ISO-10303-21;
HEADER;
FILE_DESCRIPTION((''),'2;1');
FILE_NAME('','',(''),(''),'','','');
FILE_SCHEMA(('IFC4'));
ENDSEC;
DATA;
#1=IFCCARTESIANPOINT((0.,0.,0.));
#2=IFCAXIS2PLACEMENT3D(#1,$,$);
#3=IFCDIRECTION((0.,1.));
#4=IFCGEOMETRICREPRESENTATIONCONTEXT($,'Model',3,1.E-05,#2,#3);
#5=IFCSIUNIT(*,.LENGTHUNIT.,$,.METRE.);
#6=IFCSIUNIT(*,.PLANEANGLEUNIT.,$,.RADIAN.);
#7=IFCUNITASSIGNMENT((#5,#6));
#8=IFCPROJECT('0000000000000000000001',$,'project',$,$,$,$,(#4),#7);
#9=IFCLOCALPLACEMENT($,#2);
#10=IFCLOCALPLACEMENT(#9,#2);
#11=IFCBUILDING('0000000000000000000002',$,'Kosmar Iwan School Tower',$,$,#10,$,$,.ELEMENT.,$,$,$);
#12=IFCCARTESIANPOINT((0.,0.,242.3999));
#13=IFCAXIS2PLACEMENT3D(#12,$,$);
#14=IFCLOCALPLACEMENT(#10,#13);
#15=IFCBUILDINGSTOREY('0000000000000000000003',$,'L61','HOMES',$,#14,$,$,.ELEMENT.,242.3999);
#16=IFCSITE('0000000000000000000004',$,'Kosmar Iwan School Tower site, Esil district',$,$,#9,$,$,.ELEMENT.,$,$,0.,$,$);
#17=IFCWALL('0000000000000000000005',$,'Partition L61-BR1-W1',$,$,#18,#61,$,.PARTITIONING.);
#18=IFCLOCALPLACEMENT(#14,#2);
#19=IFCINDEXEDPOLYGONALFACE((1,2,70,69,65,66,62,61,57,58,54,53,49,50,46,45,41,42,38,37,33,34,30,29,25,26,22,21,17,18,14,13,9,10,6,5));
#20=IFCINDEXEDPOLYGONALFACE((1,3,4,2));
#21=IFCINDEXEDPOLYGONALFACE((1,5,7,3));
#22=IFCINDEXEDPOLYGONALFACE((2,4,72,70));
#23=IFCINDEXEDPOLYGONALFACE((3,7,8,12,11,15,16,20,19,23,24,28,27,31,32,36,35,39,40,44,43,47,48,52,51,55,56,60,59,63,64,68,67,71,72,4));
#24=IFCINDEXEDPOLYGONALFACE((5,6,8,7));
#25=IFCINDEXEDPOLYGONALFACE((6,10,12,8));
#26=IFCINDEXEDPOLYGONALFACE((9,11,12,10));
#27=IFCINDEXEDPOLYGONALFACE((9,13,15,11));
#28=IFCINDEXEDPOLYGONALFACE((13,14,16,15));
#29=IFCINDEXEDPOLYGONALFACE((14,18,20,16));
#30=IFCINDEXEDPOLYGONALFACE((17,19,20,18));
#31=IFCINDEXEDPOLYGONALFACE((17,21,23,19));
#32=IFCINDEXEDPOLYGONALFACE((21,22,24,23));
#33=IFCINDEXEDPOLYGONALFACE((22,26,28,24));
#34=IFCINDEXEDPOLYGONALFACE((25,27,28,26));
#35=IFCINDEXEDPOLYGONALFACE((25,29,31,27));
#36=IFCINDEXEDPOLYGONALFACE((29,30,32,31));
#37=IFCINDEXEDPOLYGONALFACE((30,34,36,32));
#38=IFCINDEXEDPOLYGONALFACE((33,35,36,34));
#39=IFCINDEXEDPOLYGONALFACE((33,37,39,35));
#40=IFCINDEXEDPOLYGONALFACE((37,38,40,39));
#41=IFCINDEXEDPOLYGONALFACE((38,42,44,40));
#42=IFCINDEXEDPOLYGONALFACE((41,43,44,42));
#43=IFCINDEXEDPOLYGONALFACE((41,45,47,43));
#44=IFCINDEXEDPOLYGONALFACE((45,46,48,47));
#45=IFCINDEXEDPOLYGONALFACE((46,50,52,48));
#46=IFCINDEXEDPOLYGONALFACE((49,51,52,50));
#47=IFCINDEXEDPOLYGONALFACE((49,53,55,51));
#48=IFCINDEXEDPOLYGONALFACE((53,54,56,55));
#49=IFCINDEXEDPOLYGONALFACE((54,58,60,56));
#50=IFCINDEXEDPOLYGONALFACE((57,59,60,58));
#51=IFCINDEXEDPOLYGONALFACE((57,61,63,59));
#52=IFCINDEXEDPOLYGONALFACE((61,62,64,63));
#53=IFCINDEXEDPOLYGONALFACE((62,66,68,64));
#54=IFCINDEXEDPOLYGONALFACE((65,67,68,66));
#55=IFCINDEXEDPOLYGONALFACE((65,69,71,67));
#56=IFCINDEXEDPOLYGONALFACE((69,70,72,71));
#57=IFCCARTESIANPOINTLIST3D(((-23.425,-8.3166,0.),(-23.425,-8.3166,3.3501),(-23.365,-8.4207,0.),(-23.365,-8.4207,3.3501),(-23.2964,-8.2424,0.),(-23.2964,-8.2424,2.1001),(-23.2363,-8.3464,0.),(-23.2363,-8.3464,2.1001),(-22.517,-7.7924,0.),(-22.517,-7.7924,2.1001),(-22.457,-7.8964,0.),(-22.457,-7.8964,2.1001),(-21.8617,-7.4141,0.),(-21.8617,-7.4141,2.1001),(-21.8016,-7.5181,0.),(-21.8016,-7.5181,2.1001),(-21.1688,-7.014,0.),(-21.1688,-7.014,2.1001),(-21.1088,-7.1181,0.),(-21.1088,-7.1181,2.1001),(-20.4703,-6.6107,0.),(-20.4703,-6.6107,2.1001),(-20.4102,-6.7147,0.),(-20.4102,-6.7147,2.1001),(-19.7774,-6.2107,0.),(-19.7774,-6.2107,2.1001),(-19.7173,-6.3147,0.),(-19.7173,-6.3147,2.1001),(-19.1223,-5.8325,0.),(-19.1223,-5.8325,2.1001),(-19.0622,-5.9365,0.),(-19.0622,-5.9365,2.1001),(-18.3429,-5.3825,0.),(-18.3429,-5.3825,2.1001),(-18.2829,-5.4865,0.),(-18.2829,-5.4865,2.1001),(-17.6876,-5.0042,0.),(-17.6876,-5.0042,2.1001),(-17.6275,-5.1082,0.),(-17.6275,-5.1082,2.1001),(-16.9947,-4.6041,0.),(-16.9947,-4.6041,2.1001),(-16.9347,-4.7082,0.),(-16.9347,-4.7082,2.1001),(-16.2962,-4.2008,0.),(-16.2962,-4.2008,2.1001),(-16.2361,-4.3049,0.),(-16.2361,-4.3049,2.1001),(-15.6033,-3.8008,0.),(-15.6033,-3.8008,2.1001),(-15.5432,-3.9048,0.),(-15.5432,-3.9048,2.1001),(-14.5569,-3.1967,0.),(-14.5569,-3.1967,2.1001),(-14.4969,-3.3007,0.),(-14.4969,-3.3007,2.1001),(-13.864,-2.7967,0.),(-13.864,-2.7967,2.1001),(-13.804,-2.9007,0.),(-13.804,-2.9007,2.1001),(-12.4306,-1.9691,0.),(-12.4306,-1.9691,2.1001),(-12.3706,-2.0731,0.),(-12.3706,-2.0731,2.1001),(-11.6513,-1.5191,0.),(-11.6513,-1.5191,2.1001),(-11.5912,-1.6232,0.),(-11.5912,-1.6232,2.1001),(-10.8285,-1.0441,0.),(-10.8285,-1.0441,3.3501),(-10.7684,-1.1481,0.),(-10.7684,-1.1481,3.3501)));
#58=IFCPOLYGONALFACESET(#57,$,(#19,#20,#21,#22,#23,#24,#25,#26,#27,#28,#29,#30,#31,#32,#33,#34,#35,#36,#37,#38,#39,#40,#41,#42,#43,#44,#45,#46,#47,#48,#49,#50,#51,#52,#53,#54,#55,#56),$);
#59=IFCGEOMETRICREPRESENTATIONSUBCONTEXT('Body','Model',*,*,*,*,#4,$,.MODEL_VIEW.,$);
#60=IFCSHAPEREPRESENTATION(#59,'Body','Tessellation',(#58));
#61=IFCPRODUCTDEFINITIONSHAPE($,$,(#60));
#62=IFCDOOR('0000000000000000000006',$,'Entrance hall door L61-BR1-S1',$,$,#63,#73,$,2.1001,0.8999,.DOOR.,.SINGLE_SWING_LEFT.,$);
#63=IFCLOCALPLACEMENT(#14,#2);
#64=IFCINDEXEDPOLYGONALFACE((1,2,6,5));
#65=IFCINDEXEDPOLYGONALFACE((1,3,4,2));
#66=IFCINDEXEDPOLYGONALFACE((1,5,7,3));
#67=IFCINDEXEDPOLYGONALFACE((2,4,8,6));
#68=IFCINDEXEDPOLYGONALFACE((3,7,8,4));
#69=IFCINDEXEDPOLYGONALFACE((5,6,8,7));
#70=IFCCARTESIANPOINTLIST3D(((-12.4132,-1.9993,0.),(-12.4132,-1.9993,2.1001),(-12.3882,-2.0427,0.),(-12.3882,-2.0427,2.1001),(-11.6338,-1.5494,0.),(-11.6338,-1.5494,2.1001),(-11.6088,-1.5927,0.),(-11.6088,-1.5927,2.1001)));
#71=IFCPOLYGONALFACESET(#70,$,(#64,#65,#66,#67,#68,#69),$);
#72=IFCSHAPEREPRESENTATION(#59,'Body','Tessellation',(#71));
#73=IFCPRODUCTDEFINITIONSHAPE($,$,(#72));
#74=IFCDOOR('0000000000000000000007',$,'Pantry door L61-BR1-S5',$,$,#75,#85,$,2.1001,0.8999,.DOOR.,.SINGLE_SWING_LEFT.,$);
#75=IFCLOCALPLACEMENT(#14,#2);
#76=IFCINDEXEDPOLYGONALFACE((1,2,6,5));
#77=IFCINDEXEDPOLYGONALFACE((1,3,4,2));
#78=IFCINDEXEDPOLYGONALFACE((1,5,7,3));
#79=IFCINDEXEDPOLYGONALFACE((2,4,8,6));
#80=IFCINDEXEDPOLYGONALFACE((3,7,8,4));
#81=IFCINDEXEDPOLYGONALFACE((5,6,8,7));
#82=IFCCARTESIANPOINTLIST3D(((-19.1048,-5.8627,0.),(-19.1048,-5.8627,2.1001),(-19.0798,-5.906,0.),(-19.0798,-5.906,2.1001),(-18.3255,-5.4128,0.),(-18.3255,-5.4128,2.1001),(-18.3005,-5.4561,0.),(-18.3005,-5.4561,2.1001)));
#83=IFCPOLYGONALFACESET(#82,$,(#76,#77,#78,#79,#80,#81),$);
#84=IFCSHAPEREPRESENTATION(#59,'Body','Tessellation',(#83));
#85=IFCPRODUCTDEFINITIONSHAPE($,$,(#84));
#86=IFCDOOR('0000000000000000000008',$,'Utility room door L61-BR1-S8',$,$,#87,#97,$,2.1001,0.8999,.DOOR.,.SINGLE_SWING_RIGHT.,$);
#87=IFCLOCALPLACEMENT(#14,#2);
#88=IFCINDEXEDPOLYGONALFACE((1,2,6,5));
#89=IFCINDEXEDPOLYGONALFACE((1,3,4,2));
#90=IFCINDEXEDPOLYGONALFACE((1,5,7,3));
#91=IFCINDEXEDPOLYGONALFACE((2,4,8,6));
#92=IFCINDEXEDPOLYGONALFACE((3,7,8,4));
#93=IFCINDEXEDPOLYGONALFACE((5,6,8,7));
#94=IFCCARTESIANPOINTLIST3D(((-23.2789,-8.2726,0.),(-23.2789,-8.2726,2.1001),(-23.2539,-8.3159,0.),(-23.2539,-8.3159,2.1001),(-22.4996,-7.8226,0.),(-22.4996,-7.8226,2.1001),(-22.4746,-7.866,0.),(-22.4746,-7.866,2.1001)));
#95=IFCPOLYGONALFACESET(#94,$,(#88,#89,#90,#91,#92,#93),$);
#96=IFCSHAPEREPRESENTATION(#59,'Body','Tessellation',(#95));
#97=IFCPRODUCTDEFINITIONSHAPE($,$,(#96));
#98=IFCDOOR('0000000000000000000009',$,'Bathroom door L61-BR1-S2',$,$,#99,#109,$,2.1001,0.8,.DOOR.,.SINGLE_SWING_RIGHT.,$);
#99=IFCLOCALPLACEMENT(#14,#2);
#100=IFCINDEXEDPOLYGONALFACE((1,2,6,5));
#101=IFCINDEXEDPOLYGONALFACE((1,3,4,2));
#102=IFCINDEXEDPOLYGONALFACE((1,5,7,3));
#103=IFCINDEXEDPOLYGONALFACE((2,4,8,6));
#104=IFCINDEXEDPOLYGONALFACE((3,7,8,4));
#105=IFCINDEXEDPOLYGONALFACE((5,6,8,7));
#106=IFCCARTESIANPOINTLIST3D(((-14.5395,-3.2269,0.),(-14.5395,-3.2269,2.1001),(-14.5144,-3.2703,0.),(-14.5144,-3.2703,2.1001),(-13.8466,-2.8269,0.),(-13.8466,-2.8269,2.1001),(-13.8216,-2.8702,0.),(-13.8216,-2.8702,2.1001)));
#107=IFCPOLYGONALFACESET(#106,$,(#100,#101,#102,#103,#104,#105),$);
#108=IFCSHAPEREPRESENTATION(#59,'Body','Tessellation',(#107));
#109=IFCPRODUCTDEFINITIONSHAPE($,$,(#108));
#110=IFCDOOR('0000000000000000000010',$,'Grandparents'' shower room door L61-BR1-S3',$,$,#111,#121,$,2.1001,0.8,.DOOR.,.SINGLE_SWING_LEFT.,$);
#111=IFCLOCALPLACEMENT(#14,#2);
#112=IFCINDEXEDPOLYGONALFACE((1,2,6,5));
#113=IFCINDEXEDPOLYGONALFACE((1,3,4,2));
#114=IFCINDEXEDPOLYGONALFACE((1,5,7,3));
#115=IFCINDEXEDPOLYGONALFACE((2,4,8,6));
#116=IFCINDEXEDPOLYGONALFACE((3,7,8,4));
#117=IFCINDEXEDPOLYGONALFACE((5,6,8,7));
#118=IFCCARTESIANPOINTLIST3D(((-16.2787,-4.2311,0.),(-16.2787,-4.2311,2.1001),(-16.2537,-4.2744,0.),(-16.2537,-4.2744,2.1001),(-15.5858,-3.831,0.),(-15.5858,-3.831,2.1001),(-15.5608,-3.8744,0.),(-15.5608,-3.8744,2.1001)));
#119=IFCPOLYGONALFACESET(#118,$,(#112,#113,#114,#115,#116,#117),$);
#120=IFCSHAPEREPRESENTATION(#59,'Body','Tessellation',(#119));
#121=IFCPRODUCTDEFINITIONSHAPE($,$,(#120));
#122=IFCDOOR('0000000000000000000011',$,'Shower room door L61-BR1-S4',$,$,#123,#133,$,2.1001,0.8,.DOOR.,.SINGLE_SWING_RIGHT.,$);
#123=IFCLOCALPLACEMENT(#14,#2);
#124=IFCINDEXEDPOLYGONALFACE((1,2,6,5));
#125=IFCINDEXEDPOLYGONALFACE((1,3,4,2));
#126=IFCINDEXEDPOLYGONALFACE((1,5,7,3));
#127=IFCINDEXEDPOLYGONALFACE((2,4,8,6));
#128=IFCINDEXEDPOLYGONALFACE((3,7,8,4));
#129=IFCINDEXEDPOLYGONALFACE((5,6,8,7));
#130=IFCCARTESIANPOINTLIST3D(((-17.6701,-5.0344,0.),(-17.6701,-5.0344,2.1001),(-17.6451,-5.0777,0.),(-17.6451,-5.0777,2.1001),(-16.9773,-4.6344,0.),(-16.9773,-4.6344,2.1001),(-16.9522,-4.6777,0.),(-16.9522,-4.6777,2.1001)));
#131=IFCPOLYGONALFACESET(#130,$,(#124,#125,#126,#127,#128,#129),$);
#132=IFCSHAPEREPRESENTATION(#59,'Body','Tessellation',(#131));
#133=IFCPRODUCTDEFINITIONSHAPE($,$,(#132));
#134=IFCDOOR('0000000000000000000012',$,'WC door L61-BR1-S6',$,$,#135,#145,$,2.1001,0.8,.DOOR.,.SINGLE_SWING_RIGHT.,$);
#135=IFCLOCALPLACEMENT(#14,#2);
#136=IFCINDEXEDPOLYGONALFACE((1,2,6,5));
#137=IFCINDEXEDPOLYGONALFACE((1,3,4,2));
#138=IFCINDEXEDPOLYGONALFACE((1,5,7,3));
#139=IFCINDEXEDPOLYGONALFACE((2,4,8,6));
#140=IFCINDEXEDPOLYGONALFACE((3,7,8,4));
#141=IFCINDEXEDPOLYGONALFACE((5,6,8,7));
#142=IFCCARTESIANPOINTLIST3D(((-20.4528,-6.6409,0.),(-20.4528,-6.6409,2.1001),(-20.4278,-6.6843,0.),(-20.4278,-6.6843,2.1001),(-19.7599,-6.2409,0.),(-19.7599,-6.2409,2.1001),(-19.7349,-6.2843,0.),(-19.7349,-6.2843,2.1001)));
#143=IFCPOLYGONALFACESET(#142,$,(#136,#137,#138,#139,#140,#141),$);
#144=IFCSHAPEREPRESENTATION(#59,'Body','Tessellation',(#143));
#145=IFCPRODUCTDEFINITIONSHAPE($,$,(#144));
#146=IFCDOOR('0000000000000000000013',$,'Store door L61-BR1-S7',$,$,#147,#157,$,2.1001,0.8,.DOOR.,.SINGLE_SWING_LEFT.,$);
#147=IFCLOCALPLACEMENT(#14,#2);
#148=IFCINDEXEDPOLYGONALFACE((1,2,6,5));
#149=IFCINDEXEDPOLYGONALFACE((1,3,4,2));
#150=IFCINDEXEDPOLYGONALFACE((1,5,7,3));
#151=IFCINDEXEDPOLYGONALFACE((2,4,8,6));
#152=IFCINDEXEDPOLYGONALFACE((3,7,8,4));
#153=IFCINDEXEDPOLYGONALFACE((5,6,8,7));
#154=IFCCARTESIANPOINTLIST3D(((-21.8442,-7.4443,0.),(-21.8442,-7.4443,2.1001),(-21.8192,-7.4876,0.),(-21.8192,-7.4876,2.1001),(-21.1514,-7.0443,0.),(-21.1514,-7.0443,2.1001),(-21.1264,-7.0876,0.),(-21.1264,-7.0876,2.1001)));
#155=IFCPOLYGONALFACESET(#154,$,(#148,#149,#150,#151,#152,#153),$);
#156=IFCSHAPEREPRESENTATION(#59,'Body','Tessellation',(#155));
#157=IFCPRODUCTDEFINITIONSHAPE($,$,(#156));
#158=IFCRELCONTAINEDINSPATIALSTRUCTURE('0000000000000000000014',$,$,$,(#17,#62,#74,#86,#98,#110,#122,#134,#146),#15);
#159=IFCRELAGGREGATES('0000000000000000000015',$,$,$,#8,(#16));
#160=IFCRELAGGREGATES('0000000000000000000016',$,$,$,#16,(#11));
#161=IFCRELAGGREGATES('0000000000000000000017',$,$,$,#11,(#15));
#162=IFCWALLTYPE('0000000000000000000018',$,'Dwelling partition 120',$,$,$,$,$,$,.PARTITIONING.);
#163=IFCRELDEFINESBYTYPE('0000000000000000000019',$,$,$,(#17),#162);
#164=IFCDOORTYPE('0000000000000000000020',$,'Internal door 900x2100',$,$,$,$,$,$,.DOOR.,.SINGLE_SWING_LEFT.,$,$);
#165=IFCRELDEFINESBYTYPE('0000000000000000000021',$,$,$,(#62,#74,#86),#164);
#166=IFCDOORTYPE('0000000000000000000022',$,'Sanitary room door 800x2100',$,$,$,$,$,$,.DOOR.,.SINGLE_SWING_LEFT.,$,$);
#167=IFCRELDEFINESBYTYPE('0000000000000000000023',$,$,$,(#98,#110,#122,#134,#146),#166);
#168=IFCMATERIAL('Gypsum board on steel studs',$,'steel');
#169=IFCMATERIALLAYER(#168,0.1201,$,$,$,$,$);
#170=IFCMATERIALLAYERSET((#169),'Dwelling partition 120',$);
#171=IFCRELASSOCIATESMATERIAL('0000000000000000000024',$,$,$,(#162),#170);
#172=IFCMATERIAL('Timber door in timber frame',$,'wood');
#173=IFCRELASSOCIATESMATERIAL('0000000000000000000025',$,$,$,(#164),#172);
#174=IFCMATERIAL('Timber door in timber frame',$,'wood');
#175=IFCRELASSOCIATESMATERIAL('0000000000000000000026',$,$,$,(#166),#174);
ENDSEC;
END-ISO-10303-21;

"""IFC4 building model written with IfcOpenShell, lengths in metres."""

from ifc_helpers import new_model, si_unit, direction, frame, frame_2d, origin, place, context, subcontext, project, spatial, rectangle, extrude, material, layer, layer_set, type_object, element, fill, save


model = new_model("IFC4")

# Units and contexts
model_context = context("Model", 3, precision=1e-05, world=origin(), true_north=direction((0.0, 1.0)))
body_context = subcontext(model_context, "Body", "Model", "MODEL_VIEW")
ifc_project = project(units=[si_unit("LENGTHUNIT", "METRE"), si_unit("PLANEANGLEUNIT", "RADIAN")], contexts=[model_context])

# Site, building, storey
site_placement = place(None, origin())
site = spatial("IfcSite", under=ifc_project, at=site_placement, Name="Kosmar Iwan School Tower site, Esil district", CompositionType="ELEMENT", RefElevation=0.0)
building_placement = place(site_placement, origin())
building = spatial("IfcBuilding", under=site, at=building_placement, Name="Kosmar Iwan School Tower", CompositionType="ELEMENT")
storey_placement = place(building_placement, frame((0.0, 0.0, 242.3999)))
storey = spatial("IfcBuildingStorey", under=building, at=storey_placement, Name="L61", Description="HOMES", CompositionType="ELEMENT", Elevation=242.3999)

# Shared definitions
ifc_material_1 = material(Name="Gypsum board on steel studs", Category="steel")
ifc_layer_1 = layer(ifc_material_1, 0.1201)
ifc_layer_set_1 = layer_set([ifc_layer_1], Name="Dwelling partition 120")
wall_type_1 = type_object("IfcWallType", Name="Dwelling partition 120", PredefinedType="PARTITIONING", material=ifc_layer_set_1)

# Wall, openings, doors
wall_1_placement = place(storey_placement, frame((-10.7986, -1.0962, 0.0), z_axis=(0.0, 0.0, 1.0), x_axis=(-0.866028, -0.499995, 0.0)))
wall_1 = element("IfcWall", 1, at=wall_1_placement, inside=storey, type_object=wall_type_1, Name="Partition L61-BR1-W1", PredefinedType="PARTITIONING", context=body_context, shape_type="SweptSolid", body=[
    extrude(rectangle(XDim=14.5452, YDim=0.1201, at=frame_2d((7.2725, 0.0))), origin(), (0.0, 0.0, 1.0), 3.3501),
])
opening_1_placement = place(wall_1_placement, frame((0.95, 0.0, 0.0)))
opening_1 = element("IfcOpeningElement", 2, at=opening_1_placement, cuts=wall_1, PredefinedType="OPENING", context=body_context, shape_type="SweptSolid", body=[
    extrude(rectangle(XDim=0.8999, YDim=2.1001, at=frame_2d((0.45, 1.05))), frame((0.0, 0.072, 0.0), z_axis=(0.0, -1.0, 0.0), x_axis=(1.0, 0.0, 0.0)), (0.0, 0.0, 1.0), 0.144),
])
opening_2_placement = place(wall_1_placement, frame((3.5051, 0.0, 0.0)))
opening_2 = element("IfcOpeningElement", 3, at=opening_2_placement, cuts=wall_1, PredefinedType="OPENING", context=body_context, shape_type="SweptSolid", body=[
    extrude(rectangle(XDim=0.8, YDim=2.1001, at=frame_2d((0.3999, 1.05))), frame((0.0, 0.072, 0.0), z_axis=(0.0, -1.0, 0.0), x_axis=(1.0, 0.0, 0.0)), (0.0, 0.0, 1.0), 0.144),
])
opening_3_placement = place(wall_1_placement, frame((5.5134, 0.0, 0.0)))
opening_3 = element("IfcOpeningElement", 4, at=opening_3_placement, cuts=wall_1, PredefinedType="OPENING", context=body_context, shape_type="SweptSolid", body=[
    extrude(rectangle(XDim=0.8, YDim=2.1001, at=frame_2d((0.3999, 1.05))), frame((0.0, 0.072, 0.0), z_axis=(0.0, -1.0, 0.0), x_axis=(1.0, 0.0, 0.0)), (0.0, 0.0, 1.0), 0.144),
])
opening_4_placement = place(wall_1_placement, frame((7.1201, 0.0, 0.0)))
opening_4 = element("IfcOpeningElement", 5, at=opening_4_placement, cuts=wall_1, PredefinedType="OPENING", context=body_context, shape_type="SweptSolid", body=[
    extrude(rectangle(XDim=0.8, YDim=2.1001, at=frame_2d((0.3999, 1.05))), frame((0.0, 0.072, 0.0), z_axis=(0.0, -1.0, 0.0), x_axis=(1.0, 0.0, 0.0)), (0.0, 0.0, 1.0), 0.144),
])
opening_5_placement = place(wall_1_placement, frame((8.6768, 0.0, 0.0)))
opening_5 = element("IfcOpeningElement", 6, at=opening_5_placement, cuts=wall_1, PredefinedType="OPENING", context=body_context, shape_type="SweptSolid", body=[
    extrude(rectangle(XDim=0.8999, YDim=2.1001, at=frame_2d((0.45, 1.05))), frame((0.0, 0.072, 0.0), z_axis=(0.0, -1.0, 0.0), x_axis=(1.0, 0.0, 0.0)), (0.0, 0.0, 1.0), 0.144),
])
opening_6_placement = place(wall_1_placement, frame((10.3333, 0.0, 0.0)))
opening_6 = element("IfcOpeningElement", 7, at=opening_6_placement, cuts=wall_1, PredefinedType="OPENING", context=body_context, shape_type="SweptSolid", body=[
    extrude(rectangle(XDim=0.8, YDim=2.1001, at=frame_2d((0.3999, 1.05))), frame((0.0, 0.072, 0.0), z_axis=(0.0, -1.0, 0.0), x_axis=(1.0, 0.0, 0.0)), (0.0, 0.0, 1.0), 0.144),
])
opening_7_placement = place(wall_1_placement, frame((11.9399, 0.0, 0.0)))
opening_7 = element("IfcOpeningElement", 8, at=opening_7_placement, cuts=wall_1, PredefinedType="OPENING", context=body_context, shape_type="SweptSolid", body=[
    extrude(rectangle(XDim=0.8, YDim=2.1001, at=frame_2d((0.3999, 1.05))), frame((0.0, 0.072, 0.0), z_axis=(0.0, -1.0, 0.0), x_axis=(1.0, 0.0, 0.0)), (0.0, 0.0, 1.0), 0.144),
])
opening_8_placement = place(wall_1_placement, frame((13.4966, 0.0, 0.0)))
opening_8 = element("IfcOpeningElement", 9, at=opening_8_placement, cuts=wall_1, PredefinedType="OPENING", context=body_context, shape_type="SweptSolid", body=[
    extrude(rectangle(XDim=0.8999, YDim=2.1001, at=frame_2d((0.45, 1.05))), frame((0.0, 0.072, 0.0), z_axis=(0.0, -1.0, 0.0), x_axis=(1.0, 0.0, 0.0)), (0.0, 0.0, 1.0), 0.144),
])
ifc_material_2 = material(Name="Timber door in timber frame", Category="wood")
door_type_1 = type_object("IfcDoorType", Name="Internal door 900x2100", OperationType="SINGLE_SWING_LEFT", PredefinedType="DOOR", material=ifc_material_2)
door_1_placement = place(opening_1_placement, origin())
door_1 = element("IfcDoor", 10, at=door_1_placement, inside=storey, type_object=door_type_1, Name="Entrance hall door L61-BR1-S1", OperationType="SINGLE_SWING_LEFT", OverallHeight=2.1001, OverallWidth=0.8999, PredefinedType="DOOR", context=body_context, shape_type="SweptSolid", body=[
    extrude(rectangle(XDim=0.8999, YDim=2.1001, at=frame_2d((0.45, 1.05))), frame((0.0, 0.0249, 0.0), z_axis=(0.0, -1.0, 0.0), x_axis=(1.0, 0.0, 0.0)), (0.0, 0.0, 1.0), 0.05),
])
fill(opening_1, door_1)
door_2_placement = place(opening_5_placement, origin())
door_2 = element("IfcDoor", 11, at=door_2_placement, inside=storey, type_object=door_type_1, Name="Pantry door L61-BR1-S5", OperationType="SINGLE_SWING_LEFT", OverallHeight=2.1001, OverallWidth=0.8999, PredefinedType="DOOR", context=body_context, shape_type="SweptSolid", body=[
    extrude(rectangle(XDim=0.8999, YDim=2.1001, at=frame_2d((0.45, 1.05))), frame((0.0, 0.0249, 0.0), z_axis=(0.0, -1.0, 0.0), x_axis=(1.0, 0.0, 0.0)), (0.0, 0.0, 1.0), 0.05),
])
fill(opening_5, door_2)
door_3_placement = place(opening_8_placement, origin())
door_3 = element("IfcDoor", 12, at=door_3_placement, inside=storey, type_object=door_type_1, Name="Utility room door L61-BR1-S8", OperationType="SINGLE_SWING_RIGHT", OverallHeight=2.1001, OverallWidth=0.8999, PredefinedType="DOOR", context=body_context, shape_type="SweptSolid", body=[
    extrude(rectangle(XDim=0.8999, YDim=2.1001, at=frame_2d((0.45, 1.05))), frame((0.0, 0.0249, 0.0), z_axis=(0.0, -1.0, 0.0), x_axis=(1.0, 0.0, 0.0)), (0.0, 0.0, 1.0), 0.05),
])
fill(opening_8, door_3)
ifc_material_3 = material(Name="Timber door in timber frame", Category="wood")
door_type_2 = type_object("IfcDoorType", Name="Sanitary room door 800x2100", OperationType="SINGLE_SWING_LEFT", PredefinedType="DOOR", material=ifc_material_3)
door_4_placement = place(opening_2_placement, origin())
door_4 = element("IfcDoor", 13, at=door_4_placement, inside=storey, type_object=door_type_2, Name="Bathroom door L61-BR1-S2", OperationType="SINGLE_SWING_RIGHT", OverallHeight=2.1001, OverallWidth=0.8, PredefinedType="DOOR", context=body_context, shape_type="SweptSolid", body=[
    extrude(rectangle(XDim=0.8, YDim=2.1001, at=frame_2d((0.3999, 1.05))), frame((0.0, 0.0249, 0.0), z_axis=(0.0, -1.0, 0.0), x_axis=(1.0, 0.0, 0.0)), (0.0, 0.0, 1.0), 0.05),
])
fill(opening_2, door_4)
door_5_placement = place(opening_3_placement, origin())
door_5 = element("IfcDoor", 14, at=door_5_placement, inside=storey, type_object=door_type_2, Name="Grandparents' shower room door L61-BR1-S3", OperationType="SINGLE_SWING_LEFT", OverallHeight=2.1001, OverallWidth=0.8, PredefinedType="DOOR", context=body_context, shape_type="SweptSolid", body=[
    extrude(rectangle(XDim=0.8, YDim=2.1001, at=frame_2d((0.3999, 1.05))), frame((0.0, 0.0249, 0.0), z_axis=(0.0, -1.0, 0.0), x_axis=(1.0, 0.0, 0.0)), (0.0, 0.0, 1.0), 0.05),
])
fill(opening_3, door_5)
door_6_placement = place(opening_4_placement, origin())
door_6 = element("IfcDoor", 15, at=door_6_placement, inside=storey, type_object=door_type_2, Name="Shower room door L61-BR1-S4", OperationType="SINGLE_SWING_RIGHT", OverallHeight=2.1001, OverallWidth=0.8, PredefinedType="DOOR", context=body_context, shape_type="SweptSolid", body=[
    extrude(rectangle(XDim=0.8, YDim=2.1001, at=frame_2d((0.3999, 1.05))), frame((0.0, 0.0249, 0.0), z_axis=(0.0, -1.0, 0.0), x_axis=(1.0, 0.0, 0.0)), (0.0, 0.0, 1.0), 0.05),
])
fill(opening_4, door_6)
door_7_placement = place(opening_6_placement, origin())
door_7 = element("IfcDoor", 16, at=door_7_placement, inside=storey, type_object=door_type_2, Name="WC door L61-BR1-S6", OperationType="SINGLE_SWING_RIGHT", OverallHeight=2.1001, OverallWidth=0.8, PredefinedType="DOOR", context=body_context, shape_type="SweptSolid", body=[
    extrude(rectangle(XDim=0.8, YDim=2.1001, at=frame_2d((0.3999, 1.05))), frame((0.0, 0.0249, 0.0), z_axis=(0.0, -1.0, 0.0), x_axis=(1.0, 0.0, 0.0)), (0.0, 0.0, 1.0), 0.05),
])
fill(opening_6, door_7)
door_8_placement = place(opening_7_placement, origin())
door_8 = element("IfcDoor", 17, at=door_8_placement, inside=storey, type_object=door_type_2, Name="Store door L61-BR1-S7", OperationType="SINGLE_SWING_LEFT", OverallHeight=2.1001, OverallWidth=0.8, PredefinedType="DOOR", context=body_context, shape_type="SweptSolid", body=[
    extrude(rectangle(XDim=0.8, YDim=2.1001, at=frame_2d((0.3999, 1.05))), frame((0.0, 0.0249, 0.0), z_axis=(0.0, -1.0, 0.0), x_axis=(1.0, 0.0, 0.0)), (0.0, 0.0, 1.0), 0.05),
])
fill(opening_7, door_8)

save(model, "model.ifc")
